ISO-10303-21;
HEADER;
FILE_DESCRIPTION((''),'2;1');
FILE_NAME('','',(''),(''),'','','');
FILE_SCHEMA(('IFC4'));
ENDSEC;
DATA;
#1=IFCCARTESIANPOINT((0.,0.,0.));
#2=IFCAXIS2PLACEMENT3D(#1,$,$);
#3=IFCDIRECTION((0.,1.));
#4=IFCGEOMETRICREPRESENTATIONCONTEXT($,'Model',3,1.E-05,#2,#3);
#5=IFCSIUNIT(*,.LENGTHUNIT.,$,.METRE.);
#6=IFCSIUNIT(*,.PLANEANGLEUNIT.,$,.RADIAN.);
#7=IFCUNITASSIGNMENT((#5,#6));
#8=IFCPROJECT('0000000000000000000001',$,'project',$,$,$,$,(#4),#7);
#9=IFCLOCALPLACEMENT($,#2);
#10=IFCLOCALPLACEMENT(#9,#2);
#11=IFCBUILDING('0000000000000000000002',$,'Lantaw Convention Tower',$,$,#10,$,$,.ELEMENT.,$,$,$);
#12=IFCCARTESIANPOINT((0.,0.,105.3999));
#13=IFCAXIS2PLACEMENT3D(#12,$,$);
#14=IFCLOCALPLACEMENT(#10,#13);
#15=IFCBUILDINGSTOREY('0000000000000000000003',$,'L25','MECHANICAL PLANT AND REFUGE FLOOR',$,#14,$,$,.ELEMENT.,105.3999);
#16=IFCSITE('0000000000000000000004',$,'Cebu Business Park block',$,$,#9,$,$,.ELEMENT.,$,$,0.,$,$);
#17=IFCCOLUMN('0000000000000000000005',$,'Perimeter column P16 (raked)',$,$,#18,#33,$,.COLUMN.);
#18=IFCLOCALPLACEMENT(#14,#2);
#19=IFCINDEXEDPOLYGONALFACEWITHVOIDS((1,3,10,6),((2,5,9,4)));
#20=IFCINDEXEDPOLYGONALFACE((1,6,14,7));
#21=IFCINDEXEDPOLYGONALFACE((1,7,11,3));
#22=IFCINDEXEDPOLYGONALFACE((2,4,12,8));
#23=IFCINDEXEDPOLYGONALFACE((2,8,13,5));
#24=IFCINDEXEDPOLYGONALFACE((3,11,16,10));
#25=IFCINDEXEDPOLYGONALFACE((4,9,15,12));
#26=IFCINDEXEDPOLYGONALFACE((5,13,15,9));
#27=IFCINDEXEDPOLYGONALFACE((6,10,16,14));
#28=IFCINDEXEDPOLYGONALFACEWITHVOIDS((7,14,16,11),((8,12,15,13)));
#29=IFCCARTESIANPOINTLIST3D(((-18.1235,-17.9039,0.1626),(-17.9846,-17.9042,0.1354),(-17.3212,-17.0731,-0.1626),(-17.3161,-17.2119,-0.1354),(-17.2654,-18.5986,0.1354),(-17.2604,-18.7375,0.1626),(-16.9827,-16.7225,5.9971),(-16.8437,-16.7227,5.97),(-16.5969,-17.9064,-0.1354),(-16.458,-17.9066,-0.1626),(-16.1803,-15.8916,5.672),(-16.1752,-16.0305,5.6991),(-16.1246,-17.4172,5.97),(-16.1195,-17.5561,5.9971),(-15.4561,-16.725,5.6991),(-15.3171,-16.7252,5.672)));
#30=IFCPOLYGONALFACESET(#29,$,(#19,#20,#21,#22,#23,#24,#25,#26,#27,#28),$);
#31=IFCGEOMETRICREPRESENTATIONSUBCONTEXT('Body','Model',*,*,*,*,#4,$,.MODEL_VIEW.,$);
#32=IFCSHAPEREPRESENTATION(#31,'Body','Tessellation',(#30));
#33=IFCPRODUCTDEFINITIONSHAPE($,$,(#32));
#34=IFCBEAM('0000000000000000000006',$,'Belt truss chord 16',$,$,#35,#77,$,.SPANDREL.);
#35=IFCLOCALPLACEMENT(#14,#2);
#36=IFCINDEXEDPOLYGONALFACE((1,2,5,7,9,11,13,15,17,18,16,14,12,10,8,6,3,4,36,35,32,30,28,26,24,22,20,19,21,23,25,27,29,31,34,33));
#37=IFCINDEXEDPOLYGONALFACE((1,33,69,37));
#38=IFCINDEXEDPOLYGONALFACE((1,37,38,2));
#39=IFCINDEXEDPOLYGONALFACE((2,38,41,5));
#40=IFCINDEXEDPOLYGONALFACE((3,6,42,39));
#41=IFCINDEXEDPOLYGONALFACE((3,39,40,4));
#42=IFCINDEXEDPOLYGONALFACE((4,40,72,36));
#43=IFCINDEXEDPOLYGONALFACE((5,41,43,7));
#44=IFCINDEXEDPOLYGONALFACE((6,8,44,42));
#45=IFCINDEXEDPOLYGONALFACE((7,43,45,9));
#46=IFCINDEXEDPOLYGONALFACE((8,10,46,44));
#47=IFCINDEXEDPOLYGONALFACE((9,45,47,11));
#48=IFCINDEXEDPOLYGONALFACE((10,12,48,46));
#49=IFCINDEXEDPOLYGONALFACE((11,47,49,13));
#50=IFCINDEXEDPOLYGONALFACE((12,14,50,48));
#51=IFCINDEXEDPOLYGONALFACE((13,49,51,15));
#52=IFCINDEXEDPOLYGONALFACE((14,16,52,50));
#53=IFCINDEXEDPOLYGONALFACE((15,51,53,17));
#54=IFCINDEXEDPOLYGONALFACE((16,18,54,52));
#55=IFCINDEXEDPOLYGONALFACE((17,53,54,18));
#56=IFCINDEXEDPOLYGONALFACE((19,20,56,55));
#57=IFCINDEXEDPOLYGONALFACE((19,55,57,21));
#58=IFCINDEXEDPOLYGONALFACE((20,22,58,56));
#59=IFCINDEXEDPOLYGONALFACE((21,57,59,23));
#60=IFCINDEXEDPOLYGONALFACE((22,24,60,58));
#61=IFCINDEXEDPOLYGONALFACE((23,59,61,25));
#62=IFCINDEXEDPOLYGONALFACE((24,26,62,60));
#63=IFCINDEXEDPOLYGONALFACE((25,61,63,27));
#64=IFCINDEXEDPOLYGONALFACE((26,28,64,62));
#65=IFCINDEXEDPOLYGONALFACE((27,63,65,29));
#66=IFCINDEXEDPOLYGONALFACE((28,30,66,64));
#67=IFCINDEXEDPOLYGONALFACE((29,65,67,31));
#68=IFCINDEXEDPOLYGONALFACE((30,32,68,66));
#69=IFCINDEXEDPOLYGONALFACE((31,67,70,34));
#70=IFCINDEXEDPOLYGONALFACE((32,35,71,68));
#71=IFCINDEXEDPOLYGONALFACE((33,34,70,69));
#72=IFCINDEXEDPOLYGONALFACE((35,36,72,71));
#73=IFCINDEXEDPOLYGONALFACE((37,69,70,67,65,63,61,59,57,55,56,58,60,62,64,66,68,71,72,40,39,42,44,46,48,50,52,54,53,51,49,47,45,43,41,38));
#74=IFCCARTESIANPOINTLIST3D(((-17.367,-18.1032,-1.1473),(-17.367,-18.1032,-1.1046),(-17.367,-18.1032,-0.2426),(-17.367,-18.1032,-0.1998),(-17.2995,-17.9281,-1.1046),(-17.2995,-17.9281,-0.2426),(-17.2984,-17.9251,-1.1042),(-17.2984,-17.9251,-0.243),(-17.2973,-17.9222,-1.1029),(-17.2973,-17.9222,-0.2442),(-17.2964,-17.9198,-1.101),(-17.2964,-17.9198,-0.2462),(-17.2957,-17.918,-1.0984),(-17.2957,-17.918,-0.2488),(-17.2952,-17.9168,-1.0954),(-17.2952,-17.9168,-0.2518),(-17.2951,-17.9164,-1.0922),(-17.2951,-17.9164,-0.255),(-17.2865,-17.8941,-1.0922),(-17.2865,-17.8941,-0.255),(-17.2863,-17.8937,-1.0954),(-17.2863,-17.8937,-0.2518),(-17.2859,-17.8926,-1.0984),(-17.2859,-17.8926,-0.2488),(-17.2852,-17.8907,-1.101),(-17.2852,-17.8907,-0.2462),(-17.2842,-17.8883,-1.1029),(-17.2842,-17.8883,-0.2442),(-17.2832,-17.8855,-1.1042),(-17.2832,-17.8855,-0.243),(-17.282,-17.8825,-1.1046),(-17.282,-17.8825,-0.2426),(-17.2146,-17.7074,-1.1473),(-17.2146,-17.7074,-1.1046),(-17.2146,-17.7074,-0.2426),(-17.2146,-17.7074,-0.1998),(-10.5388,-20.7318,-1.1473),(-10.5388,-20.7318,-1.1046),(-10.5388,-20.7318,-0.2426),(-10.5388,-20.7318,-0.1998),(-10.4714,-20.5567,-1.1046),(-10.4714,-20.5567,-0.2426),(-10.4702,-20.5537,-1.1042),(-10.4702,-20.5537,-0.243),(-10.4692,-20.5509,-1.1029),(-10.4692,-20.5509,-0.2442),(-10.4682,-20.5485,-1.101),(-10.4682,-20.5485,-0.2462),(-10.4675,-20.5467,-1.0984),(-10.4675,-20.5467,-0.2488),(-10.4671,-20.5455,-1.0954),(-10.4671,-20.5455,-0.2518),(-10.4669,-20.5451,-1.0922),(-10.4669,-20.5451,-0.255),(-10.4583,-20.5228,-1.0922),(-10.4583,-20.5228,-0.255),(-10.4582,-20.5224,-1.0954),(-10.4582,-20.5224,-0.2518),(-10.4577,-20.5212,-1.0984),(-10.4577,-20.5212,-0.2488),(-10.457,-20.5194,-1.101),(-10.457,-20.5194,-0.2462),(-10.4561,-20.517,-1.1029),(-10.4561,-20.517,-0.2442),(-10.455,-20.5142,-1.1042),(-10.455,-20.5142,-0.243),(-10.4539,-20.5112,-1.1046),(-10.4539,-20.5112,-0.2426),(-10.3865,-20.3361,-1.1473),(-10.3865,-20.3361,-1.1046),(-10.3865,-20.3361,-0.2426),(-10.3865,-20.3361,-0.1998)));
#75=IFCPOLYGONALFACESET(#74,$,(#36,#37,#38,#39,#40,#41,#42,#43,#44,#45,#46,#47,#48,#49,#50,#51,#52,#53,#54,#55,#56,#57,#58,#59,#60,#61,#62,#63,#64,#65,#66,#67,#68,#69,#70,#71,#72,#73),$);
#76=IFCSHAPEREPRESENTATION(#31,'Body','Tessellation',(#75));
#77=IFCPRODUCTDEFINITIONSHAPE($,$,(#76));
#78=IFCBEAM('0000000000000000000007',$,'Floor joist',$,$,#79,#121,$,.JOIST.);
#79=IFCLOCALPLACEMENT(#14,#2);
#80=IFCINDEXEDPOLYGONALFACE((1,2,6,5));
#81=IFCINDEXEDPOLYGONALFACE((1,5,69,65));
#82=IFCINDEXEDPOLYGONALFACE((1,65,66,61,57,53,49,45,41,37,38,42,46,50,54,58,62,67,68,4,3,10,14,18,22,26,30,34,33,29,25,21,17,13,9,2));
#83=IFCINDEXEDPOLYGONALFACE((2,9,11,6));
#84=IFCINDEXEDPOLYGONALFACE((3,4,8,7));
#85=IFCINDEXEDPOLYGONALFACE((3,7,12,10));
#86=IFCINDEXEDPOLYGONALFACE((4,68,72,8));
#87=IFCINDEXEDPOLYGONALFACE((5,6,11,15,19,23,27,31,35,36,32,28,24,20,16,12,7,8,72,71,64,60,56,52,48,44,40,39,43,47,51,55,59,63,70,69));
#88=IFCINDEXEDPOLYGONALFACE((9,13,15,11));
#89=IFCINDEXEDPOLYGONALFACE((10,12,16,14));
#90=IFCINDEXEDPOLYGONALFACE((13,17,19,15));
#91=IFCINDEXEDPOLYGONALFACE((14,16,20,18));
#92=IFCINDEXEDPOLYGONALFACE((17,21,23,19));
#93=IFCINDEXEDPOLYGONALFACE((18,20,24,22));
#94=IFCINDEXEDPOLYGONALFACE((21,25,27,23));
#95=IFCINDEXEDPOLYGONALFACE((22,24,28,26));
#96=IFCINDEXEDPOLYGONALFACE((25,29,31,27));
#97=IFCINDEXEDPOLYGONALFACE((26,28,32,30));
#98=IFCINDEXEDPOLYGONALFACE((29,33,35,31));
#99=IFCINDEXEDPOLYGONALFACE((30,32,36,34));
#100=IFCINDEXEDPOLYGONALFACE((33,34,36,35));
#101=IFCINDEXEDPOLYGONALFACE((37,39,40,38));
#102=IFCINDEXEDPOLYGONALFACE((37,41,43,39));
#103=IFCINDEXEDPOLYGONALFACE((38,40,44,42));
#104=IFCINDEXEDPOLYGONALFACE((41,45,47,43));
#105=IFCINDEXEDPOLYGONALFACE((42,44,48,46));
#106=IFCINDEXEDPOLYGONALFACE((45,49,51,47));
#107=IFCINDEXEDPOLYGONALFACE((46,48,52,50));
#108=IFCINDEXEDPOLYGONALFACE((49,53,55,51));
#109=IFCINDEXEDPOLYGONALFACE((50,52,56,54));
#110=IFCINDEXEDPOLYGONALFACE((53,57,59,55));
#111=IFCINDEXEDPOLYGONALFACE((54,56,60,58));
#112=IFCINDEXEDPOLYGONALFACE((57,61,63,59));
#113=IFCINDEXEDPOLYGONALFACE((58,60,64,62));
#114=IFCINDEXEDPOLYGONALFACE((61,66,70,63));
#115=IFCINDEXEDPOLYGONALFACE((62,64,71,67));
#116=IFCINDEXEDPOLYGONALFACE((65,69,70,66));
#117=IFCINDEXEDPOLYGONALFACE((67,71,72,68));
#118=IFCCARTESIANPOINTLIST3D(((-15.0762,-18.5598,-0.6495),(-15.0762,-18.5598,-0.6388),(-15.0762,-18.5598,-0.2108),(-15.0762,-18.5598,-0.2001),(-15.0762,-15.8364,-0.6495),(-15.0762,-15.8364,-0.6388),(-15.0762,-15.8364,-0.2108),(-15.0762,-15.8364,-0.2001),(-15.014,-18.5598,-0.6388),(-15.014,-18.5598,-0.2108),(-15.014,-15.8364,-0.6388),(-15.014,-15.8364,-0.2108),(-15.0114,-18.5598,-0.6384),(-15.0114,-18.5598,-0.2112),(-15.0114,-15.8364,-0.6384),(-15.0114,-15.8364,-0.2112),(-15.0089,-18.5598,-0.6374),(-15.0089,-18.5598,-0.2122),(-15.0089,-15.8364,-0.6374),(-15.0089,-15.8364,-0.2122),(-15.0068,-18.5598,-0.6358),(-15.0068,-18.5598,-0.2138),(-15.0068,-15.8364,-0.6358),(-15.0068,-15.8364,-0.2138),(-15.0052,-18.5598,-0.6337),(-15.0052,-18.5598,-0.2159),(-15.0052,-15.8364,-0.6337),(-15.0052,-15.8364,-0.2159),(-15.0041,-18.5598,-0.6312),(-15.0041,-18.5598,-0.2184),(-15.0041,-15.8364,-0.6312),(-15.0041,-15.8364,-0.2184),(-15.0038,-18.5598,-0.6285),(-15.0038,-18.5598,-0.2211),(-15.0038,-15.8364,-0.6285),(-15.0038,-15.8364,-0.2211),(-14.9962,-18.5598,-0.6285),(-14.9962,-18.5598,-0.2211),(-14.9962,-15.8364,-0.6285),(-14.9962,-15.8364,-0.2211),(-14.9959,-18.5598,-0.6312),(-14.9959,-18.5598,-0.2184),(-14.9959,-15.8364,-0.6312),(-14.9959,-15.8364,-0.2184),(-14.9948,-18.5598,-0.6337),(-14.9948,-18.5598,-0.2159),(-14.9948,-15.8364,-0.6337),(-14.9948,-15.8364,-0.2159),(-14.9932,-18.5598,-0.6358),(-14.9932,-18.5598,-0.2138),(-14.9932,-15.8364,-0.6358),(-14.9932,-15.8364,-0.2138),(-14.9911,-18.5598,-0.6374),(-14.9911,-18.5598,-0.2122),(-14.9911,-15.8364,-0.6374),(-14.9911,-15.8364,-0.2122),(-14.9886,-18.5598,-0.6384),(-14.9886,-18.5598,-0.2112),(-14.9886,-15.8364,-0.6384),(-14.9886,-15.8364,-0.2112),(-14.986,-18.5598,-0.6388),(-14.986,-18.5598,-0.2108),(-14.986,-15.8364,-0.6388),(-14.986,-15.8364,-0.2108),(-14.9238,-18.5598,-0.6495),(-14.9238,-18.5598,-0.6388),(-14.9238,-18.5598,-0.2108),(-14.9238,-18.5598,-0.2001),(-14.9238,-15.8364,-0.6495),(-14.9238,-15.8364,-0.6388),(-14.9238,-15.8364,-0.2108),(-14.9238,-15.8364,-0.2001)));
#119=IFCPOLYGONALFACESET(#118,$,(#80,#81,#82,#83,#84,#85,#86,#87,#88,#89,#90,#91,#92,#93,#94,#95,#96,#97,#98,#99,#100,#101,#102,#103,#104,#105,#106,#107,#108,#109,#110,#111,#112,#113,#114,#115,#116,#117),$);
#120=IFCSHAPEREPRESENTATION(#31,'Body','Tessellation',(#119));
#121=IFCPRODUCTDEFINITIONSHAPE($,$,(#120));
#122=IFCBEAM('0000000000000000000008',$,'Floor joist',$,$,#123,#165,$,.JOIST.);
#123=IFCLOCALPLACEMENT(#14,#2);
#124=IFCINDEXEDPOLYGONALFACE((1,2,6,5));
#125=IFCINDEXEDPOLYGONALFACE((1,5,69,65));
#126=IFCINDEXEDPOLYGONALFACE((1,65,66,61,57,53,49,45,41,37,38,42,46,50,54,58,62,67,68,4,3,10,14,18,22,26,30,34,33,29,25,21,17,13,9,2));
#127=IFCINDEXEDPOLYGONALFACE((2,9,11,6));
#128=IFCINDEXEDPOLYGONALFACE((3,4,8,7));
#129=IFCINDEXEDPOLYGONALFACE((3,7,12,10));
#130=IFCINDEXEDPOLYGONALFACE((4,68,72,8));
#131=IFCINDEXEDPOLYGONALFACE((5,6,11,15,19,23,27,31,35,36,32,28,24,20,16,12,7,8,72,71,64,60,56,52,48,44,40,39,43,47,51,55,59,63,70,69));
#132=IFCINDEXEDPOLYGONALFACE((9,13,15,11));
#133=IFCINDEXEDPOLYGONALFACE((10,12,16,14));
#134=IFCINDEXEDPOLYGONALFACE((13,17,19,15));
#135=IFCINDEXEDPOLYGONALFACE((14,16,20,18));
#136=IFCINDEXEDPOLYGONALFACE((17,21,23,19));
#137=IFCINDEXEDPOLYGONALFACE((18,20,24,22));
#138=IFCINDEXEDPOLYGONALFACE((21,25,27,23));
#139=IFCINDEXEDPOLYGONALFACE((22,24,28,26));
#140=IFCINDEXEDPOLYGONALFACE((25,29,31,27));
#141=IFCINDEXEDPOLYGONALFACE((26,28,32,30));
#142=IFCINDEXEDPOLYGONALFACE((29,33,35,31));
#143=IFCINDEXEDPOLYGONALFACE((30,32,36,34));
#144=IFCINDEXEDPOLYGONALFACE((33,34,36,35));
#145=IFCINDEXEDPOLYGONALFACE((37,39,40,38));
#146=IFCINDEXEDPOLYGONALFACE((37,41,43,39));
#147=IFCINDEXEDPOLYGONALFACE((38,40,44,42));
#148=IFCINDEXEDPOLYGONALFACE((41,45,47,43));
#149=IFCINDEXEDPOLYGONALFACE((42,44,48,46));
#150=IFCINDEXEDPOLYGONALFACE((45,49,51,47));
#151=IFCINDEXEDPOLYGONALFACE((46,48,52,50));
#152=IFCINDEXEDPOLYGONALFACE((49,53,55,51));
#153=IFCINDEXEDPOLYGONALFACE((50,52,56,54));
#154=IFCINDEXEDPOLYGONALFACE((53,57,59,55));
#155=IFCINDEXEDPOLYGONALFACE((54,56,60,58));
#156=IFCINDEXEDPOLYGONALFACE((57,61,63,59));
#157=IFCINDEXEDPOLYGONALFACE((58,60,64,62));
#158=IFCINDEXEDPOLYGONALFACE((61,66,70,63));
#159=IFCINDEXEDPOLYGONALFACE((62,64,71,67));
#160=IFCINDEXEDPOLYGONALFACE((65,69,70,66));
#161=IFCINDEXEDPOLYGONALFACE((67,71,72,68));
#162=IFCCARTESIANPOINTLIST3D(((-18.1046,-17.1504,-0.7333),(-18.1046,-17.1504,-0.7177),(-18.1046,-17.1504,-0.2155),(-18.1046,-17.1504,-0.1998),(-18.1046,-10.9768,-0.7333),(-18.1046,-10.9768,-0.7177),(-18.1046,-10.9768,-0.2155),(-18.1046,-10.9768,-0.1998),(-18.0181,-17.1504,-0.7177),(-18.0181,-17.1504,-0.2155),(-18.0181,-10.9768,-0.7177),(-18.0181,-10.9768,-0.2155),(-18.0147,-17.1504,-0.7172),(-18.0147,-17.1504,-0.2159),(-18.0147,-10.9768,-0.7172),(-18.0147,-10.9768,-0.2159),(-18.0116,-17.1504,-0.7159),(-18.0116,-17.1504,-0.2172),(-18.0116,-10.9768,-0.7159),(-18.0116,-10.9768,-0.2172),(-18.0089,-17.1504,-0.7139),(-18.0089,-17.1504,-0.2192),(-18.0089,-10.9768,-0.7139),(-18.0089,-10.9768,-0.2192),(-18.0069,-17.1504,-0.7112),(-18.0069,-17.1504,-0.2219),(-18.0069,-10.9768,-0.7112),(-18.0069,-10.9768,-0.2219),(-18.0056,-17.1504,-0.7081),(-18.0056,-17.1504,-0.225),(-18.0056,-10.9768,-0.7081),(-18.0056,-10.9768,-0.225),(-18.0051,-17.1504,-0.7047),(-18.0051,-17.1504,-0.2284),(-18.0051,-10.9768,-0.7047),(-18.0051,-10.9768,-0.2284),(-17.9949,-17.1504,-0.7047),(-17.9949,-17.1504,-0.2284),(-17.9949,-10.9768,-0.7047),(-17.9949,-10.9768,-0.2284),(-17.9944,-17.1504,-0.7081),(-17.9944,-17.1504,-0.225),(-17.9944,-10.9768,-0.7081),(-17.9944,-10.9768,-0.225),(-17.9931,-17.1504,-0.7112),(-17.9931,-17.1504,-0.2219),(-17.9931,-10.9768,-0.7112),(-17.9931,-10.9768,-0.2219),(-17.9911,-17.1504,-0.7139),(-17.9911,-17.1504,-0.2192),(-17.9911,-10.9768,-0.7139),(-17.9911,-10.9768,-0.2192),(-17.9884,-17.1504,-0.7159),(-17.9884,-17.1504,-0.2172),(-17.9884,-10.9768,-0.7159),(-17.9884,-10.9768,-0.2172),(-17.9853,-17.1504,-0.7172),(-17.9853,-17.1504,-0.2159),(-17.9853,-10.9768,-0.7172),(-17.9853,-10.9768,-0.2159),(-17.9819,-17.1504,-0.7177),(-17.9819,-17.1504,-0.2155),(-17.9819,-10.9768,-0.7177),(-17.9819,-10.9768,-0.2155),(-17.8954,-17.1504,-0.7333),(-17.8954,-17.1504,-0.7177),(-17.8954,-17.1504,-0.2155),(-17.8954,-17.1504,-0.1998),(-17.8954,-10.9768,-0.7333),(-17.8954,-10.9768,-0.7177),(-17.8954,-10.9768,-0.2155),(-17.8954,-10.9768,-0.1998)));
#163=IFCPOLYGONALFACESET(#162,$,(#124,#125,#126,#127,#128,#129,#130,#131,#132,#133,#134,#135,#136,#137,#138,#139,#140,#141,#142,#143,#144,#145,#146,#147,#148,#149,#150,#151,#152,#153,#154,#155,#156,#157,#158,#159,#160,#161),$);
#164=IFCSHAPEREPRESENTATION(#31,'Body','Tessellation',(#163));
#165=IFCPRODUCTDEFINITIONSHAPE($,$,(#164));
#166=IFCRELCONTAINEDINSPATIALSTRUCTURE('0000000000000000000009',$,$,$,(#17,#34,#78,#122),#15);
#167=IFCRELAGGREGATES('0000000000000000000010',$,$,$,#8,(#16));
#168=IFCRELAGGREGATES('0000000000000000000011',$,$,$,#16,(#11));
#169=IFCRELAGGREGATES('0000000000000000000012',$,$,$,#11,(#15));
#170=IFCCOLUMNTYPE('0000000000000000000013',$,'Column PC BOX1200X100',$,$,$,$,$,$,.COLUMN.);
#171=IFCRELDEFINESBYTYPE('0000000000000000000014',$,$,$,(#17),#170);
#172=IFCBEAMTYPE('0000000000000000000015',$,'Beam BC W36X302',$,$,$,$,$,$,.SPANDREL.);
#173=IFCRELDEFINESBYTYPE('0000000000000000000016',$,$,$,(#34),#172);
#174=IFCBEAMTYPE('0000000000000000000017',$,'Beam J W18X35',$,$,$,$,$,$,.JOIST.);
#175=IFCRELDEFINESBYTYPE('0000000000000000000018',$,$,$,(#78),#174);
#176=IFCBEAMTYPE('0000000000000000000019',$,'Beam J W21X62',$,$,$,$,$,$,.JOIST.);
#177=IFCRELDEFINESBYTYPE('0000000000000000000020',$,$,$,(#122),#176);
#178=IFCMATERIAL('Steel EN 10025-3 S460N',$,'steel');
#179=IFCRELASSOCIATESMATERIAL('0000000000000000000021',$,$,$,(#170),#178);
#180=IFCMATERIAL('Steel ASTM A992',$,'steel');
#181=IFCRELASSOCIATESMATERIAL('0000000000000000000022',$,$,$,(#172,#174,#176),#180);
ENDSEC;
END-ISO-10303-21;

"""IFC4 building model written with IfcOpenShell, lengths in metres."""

from ifc_helpers import new_model, si_unit, direction, frame, origin, origin_2d, place, context, subcontext, project, spatial, rectangle, hollow_rectangle, i_section, extrude, material, material_profile, profile_set, type_object, element, save


model = new_model("IFC4")

# Units and contexts
model_context = context("Model", 3, precision=1e-05, world=origin(), true_north=direction((0.0, 1.0)))
body_context = subcontext(model_context, "Body", "Model", "MODEL_VIEW")
ifc_project = project(units=[si_unit("LENGTHUNIT", "METRE"), si_unit("PLANEANGLEUNIT", "RADIAN")], contexts=[model_context])

# Site, building, storey
site_placement = place(None, origin())
site = spatial("IfcSite", under=ifc_project, at=site_placement, Name="Cebu Business Park block", CompositionType="ELEMENT", RefElevation=0.0)
building_placement = place(site_placement, origin())
building = spatial("IfcBuilding", under=site, at=building_placement, Name="Lantaw Convention Tower", CompositionType="ELEMENT")
storey_placement = place(building_placement, frame((0.0, 0.0, 105.3999)))
storey = spatial("IfcBuildingStorey", under=building, at=storey_placement, Name="L25", Description="MECHANICAL PLANT AND REFUGE FLOOR", CompositionType="ELEMENT", Elevation=105.3999)

# Column
ifc_material_1 = material(Name="Steel EN 10025-3 S460N", Category="steel")
ifc_material_profile_1 = material_profile(ifc_material_1, hollow_rectangle(XDim=1.2, YDim=1.2, WallThickness=0.1001, at=origin_2d()), Name="BOX1200X100")
ifc_material_2 = material(Name="Concrete C60/75", Category="concrete")
ifc_material_profile_2 = material_profile(ifc_material_2, rectangle(XDim=1.0, YDim=1.0, at=origin_2d()), Name="Concrete fill of BOX1200X100")
ifc_profile_set_1 = profile_set([ifc_material_profile_1, ifc_material_profile_2], Name="Steel EN 10025-3 S460N")
column_type = type_object("IfcColumnType", Name="Column PC BOX1200X100", PredefinedType="COLUMN", material=ifc_profile_set_1)
column_placement = place(storey_placement, frame((-17.2908, -17.9053, 0.0), z_axis=(0.188224, 0.194911, 0.962591), x_axis=(-0.719337, 0.694661, 0.0)))
element("IfcColumn", 1, at=column_placement, inside=storey, type_object=column_type, Name="Perimeter column P16 (raked)", PredefinedType="COLUMN", context=body_context, shape_type="SweptSolid", body=[
    extrude(hollow_rectangle(XDim=1.2, YDim=1.2, WallThickness=0.1001, at=origin_2d()), origin(), (0.0, 0.0, 1.0), 6.0613),
])

# Beams
ifc_material_3 = material(Name="Steel ASTM A992", Category="steel")
ifc_material_profile_3 = material_profile(ifc_material_3, i_section(OverallWidth=0.4241, OverallDepth=0.9475, WebThickness=0.0239, FlangeThickness=0.0427, FilletRadius=0.0125, at=origin_2d()), Name="W36X302")
ifc_profile_set_2 = profile_set([ifc_material_profile_3], Name="Steel ASTM A992")
beam_type_1 = type_object("IfcBeamType", Name="Beam BC W36X302", PredefinedType="SPANDREL", material=ifc_profile_set_2)
beam_1_placement = place(storey_placement, frame((-17.2908, -17.9053, -0.6736), z_axis=(0.933233, -0.359272, 0.0), x_axis=(0.359272, 0.933233, 0.0)))
element("IfcBeam", 2, at=beam_1_placement, inside=storey, type_object=beam_type_1, Name="Belt truss chord 16", PredefinedType="SPANDREL", context=body_context, shape_type="SweptSolid", body=[
    extrude(i_section(OverallWidth=0.4241, OverallDepth=0.9475, WebThickness=0.0239, FlangeThickness=0.0427, FilletRadius=0.0125, at=origin_2d()), origin(), (0.0, 0.0, 1.0), 7.3167),
])
ifc_material_profile_4 = material_profile(ifc_material_3, i_section(OverallWidth=0.1523, OverallDepth=0.4495, WebThickness=0.0076, FlangeThickness=0.0107, FilletRadius=0.0103, at=origin_2d()), Name="W18X35")
ifc_profile_set_3 = profile_set([ifc_material_profile_4], Name="Steel ASTM A992")
beam_type_2 = type_object("IfcBeamType", Name="Beam J W18X35", PredefinedType="JOIST", material=ifc_profile_set_3)
beam_2_placement = place(storey_placement, frame((-15.0, -18.5598, -0.4248), z_axis=(0.0, 1.0, 0.0), x_axis=(-1.0, 0.0, 0.0)))
element("IfcBeam", 3, at=beam_2_placement, inside=storey, type_object=beam_type_2, Name="Floor joist", PredefinedType="JOIST", context=body_context, shape_type="SweptSolid", body=[
    extrude(i_section(OverallWidth=0.1523, OverallDepth=0.4495, WebThickness=0.0076, FlangeThickness=0.0107, FilletRadius=0.0103, at=origin_2d()), origin(), (0.0, 0.0, 1.0), 2.7234),
])
ifc_material_profile_5 = material_profile(ifc_material_3, i_section(OverallWidth=0.2092, OverallDepth=0.5334, WebThickness=0.0103, FlangeThickness=0.0156, FilletRadius=0.0129, at=origin_2d()), Name="W21X62")
ifc_profile_set_4 = profile_set([ifc_material_profile_5], Name="Steel ASTM A992")
beam_type_3 = type_object("IfcBeamType", Name="Beam J W21X62", PredefinedType="JOIST", material=ifc_profile_set_4)
beam_3_placement = place(storey_placement, frame((-18.0, -17.1504, -0.4666), z_axis=(0.0, 1.0, 0.0), x_axis=(-1.0, 0.0, 0.0)))
element("IfcBeam", 4, at=beam_3_placement, inside=storey, type_object=beam_type_3, Name="Floor joist", PredefinedType="JOIST", context=body_context, shape_type="SweptSolid", body=[
    extrude(i_section(OverallWidth=0.2092, OverallDepth=0.5334, WebThickness=0.0103, FlangeThickness=0.0156, FilletRadius=0.0129, at=origin_2d()), origin(), (0.0, 0.0, 1.0), 6.1736),
])

save(model, "model.ifc")
